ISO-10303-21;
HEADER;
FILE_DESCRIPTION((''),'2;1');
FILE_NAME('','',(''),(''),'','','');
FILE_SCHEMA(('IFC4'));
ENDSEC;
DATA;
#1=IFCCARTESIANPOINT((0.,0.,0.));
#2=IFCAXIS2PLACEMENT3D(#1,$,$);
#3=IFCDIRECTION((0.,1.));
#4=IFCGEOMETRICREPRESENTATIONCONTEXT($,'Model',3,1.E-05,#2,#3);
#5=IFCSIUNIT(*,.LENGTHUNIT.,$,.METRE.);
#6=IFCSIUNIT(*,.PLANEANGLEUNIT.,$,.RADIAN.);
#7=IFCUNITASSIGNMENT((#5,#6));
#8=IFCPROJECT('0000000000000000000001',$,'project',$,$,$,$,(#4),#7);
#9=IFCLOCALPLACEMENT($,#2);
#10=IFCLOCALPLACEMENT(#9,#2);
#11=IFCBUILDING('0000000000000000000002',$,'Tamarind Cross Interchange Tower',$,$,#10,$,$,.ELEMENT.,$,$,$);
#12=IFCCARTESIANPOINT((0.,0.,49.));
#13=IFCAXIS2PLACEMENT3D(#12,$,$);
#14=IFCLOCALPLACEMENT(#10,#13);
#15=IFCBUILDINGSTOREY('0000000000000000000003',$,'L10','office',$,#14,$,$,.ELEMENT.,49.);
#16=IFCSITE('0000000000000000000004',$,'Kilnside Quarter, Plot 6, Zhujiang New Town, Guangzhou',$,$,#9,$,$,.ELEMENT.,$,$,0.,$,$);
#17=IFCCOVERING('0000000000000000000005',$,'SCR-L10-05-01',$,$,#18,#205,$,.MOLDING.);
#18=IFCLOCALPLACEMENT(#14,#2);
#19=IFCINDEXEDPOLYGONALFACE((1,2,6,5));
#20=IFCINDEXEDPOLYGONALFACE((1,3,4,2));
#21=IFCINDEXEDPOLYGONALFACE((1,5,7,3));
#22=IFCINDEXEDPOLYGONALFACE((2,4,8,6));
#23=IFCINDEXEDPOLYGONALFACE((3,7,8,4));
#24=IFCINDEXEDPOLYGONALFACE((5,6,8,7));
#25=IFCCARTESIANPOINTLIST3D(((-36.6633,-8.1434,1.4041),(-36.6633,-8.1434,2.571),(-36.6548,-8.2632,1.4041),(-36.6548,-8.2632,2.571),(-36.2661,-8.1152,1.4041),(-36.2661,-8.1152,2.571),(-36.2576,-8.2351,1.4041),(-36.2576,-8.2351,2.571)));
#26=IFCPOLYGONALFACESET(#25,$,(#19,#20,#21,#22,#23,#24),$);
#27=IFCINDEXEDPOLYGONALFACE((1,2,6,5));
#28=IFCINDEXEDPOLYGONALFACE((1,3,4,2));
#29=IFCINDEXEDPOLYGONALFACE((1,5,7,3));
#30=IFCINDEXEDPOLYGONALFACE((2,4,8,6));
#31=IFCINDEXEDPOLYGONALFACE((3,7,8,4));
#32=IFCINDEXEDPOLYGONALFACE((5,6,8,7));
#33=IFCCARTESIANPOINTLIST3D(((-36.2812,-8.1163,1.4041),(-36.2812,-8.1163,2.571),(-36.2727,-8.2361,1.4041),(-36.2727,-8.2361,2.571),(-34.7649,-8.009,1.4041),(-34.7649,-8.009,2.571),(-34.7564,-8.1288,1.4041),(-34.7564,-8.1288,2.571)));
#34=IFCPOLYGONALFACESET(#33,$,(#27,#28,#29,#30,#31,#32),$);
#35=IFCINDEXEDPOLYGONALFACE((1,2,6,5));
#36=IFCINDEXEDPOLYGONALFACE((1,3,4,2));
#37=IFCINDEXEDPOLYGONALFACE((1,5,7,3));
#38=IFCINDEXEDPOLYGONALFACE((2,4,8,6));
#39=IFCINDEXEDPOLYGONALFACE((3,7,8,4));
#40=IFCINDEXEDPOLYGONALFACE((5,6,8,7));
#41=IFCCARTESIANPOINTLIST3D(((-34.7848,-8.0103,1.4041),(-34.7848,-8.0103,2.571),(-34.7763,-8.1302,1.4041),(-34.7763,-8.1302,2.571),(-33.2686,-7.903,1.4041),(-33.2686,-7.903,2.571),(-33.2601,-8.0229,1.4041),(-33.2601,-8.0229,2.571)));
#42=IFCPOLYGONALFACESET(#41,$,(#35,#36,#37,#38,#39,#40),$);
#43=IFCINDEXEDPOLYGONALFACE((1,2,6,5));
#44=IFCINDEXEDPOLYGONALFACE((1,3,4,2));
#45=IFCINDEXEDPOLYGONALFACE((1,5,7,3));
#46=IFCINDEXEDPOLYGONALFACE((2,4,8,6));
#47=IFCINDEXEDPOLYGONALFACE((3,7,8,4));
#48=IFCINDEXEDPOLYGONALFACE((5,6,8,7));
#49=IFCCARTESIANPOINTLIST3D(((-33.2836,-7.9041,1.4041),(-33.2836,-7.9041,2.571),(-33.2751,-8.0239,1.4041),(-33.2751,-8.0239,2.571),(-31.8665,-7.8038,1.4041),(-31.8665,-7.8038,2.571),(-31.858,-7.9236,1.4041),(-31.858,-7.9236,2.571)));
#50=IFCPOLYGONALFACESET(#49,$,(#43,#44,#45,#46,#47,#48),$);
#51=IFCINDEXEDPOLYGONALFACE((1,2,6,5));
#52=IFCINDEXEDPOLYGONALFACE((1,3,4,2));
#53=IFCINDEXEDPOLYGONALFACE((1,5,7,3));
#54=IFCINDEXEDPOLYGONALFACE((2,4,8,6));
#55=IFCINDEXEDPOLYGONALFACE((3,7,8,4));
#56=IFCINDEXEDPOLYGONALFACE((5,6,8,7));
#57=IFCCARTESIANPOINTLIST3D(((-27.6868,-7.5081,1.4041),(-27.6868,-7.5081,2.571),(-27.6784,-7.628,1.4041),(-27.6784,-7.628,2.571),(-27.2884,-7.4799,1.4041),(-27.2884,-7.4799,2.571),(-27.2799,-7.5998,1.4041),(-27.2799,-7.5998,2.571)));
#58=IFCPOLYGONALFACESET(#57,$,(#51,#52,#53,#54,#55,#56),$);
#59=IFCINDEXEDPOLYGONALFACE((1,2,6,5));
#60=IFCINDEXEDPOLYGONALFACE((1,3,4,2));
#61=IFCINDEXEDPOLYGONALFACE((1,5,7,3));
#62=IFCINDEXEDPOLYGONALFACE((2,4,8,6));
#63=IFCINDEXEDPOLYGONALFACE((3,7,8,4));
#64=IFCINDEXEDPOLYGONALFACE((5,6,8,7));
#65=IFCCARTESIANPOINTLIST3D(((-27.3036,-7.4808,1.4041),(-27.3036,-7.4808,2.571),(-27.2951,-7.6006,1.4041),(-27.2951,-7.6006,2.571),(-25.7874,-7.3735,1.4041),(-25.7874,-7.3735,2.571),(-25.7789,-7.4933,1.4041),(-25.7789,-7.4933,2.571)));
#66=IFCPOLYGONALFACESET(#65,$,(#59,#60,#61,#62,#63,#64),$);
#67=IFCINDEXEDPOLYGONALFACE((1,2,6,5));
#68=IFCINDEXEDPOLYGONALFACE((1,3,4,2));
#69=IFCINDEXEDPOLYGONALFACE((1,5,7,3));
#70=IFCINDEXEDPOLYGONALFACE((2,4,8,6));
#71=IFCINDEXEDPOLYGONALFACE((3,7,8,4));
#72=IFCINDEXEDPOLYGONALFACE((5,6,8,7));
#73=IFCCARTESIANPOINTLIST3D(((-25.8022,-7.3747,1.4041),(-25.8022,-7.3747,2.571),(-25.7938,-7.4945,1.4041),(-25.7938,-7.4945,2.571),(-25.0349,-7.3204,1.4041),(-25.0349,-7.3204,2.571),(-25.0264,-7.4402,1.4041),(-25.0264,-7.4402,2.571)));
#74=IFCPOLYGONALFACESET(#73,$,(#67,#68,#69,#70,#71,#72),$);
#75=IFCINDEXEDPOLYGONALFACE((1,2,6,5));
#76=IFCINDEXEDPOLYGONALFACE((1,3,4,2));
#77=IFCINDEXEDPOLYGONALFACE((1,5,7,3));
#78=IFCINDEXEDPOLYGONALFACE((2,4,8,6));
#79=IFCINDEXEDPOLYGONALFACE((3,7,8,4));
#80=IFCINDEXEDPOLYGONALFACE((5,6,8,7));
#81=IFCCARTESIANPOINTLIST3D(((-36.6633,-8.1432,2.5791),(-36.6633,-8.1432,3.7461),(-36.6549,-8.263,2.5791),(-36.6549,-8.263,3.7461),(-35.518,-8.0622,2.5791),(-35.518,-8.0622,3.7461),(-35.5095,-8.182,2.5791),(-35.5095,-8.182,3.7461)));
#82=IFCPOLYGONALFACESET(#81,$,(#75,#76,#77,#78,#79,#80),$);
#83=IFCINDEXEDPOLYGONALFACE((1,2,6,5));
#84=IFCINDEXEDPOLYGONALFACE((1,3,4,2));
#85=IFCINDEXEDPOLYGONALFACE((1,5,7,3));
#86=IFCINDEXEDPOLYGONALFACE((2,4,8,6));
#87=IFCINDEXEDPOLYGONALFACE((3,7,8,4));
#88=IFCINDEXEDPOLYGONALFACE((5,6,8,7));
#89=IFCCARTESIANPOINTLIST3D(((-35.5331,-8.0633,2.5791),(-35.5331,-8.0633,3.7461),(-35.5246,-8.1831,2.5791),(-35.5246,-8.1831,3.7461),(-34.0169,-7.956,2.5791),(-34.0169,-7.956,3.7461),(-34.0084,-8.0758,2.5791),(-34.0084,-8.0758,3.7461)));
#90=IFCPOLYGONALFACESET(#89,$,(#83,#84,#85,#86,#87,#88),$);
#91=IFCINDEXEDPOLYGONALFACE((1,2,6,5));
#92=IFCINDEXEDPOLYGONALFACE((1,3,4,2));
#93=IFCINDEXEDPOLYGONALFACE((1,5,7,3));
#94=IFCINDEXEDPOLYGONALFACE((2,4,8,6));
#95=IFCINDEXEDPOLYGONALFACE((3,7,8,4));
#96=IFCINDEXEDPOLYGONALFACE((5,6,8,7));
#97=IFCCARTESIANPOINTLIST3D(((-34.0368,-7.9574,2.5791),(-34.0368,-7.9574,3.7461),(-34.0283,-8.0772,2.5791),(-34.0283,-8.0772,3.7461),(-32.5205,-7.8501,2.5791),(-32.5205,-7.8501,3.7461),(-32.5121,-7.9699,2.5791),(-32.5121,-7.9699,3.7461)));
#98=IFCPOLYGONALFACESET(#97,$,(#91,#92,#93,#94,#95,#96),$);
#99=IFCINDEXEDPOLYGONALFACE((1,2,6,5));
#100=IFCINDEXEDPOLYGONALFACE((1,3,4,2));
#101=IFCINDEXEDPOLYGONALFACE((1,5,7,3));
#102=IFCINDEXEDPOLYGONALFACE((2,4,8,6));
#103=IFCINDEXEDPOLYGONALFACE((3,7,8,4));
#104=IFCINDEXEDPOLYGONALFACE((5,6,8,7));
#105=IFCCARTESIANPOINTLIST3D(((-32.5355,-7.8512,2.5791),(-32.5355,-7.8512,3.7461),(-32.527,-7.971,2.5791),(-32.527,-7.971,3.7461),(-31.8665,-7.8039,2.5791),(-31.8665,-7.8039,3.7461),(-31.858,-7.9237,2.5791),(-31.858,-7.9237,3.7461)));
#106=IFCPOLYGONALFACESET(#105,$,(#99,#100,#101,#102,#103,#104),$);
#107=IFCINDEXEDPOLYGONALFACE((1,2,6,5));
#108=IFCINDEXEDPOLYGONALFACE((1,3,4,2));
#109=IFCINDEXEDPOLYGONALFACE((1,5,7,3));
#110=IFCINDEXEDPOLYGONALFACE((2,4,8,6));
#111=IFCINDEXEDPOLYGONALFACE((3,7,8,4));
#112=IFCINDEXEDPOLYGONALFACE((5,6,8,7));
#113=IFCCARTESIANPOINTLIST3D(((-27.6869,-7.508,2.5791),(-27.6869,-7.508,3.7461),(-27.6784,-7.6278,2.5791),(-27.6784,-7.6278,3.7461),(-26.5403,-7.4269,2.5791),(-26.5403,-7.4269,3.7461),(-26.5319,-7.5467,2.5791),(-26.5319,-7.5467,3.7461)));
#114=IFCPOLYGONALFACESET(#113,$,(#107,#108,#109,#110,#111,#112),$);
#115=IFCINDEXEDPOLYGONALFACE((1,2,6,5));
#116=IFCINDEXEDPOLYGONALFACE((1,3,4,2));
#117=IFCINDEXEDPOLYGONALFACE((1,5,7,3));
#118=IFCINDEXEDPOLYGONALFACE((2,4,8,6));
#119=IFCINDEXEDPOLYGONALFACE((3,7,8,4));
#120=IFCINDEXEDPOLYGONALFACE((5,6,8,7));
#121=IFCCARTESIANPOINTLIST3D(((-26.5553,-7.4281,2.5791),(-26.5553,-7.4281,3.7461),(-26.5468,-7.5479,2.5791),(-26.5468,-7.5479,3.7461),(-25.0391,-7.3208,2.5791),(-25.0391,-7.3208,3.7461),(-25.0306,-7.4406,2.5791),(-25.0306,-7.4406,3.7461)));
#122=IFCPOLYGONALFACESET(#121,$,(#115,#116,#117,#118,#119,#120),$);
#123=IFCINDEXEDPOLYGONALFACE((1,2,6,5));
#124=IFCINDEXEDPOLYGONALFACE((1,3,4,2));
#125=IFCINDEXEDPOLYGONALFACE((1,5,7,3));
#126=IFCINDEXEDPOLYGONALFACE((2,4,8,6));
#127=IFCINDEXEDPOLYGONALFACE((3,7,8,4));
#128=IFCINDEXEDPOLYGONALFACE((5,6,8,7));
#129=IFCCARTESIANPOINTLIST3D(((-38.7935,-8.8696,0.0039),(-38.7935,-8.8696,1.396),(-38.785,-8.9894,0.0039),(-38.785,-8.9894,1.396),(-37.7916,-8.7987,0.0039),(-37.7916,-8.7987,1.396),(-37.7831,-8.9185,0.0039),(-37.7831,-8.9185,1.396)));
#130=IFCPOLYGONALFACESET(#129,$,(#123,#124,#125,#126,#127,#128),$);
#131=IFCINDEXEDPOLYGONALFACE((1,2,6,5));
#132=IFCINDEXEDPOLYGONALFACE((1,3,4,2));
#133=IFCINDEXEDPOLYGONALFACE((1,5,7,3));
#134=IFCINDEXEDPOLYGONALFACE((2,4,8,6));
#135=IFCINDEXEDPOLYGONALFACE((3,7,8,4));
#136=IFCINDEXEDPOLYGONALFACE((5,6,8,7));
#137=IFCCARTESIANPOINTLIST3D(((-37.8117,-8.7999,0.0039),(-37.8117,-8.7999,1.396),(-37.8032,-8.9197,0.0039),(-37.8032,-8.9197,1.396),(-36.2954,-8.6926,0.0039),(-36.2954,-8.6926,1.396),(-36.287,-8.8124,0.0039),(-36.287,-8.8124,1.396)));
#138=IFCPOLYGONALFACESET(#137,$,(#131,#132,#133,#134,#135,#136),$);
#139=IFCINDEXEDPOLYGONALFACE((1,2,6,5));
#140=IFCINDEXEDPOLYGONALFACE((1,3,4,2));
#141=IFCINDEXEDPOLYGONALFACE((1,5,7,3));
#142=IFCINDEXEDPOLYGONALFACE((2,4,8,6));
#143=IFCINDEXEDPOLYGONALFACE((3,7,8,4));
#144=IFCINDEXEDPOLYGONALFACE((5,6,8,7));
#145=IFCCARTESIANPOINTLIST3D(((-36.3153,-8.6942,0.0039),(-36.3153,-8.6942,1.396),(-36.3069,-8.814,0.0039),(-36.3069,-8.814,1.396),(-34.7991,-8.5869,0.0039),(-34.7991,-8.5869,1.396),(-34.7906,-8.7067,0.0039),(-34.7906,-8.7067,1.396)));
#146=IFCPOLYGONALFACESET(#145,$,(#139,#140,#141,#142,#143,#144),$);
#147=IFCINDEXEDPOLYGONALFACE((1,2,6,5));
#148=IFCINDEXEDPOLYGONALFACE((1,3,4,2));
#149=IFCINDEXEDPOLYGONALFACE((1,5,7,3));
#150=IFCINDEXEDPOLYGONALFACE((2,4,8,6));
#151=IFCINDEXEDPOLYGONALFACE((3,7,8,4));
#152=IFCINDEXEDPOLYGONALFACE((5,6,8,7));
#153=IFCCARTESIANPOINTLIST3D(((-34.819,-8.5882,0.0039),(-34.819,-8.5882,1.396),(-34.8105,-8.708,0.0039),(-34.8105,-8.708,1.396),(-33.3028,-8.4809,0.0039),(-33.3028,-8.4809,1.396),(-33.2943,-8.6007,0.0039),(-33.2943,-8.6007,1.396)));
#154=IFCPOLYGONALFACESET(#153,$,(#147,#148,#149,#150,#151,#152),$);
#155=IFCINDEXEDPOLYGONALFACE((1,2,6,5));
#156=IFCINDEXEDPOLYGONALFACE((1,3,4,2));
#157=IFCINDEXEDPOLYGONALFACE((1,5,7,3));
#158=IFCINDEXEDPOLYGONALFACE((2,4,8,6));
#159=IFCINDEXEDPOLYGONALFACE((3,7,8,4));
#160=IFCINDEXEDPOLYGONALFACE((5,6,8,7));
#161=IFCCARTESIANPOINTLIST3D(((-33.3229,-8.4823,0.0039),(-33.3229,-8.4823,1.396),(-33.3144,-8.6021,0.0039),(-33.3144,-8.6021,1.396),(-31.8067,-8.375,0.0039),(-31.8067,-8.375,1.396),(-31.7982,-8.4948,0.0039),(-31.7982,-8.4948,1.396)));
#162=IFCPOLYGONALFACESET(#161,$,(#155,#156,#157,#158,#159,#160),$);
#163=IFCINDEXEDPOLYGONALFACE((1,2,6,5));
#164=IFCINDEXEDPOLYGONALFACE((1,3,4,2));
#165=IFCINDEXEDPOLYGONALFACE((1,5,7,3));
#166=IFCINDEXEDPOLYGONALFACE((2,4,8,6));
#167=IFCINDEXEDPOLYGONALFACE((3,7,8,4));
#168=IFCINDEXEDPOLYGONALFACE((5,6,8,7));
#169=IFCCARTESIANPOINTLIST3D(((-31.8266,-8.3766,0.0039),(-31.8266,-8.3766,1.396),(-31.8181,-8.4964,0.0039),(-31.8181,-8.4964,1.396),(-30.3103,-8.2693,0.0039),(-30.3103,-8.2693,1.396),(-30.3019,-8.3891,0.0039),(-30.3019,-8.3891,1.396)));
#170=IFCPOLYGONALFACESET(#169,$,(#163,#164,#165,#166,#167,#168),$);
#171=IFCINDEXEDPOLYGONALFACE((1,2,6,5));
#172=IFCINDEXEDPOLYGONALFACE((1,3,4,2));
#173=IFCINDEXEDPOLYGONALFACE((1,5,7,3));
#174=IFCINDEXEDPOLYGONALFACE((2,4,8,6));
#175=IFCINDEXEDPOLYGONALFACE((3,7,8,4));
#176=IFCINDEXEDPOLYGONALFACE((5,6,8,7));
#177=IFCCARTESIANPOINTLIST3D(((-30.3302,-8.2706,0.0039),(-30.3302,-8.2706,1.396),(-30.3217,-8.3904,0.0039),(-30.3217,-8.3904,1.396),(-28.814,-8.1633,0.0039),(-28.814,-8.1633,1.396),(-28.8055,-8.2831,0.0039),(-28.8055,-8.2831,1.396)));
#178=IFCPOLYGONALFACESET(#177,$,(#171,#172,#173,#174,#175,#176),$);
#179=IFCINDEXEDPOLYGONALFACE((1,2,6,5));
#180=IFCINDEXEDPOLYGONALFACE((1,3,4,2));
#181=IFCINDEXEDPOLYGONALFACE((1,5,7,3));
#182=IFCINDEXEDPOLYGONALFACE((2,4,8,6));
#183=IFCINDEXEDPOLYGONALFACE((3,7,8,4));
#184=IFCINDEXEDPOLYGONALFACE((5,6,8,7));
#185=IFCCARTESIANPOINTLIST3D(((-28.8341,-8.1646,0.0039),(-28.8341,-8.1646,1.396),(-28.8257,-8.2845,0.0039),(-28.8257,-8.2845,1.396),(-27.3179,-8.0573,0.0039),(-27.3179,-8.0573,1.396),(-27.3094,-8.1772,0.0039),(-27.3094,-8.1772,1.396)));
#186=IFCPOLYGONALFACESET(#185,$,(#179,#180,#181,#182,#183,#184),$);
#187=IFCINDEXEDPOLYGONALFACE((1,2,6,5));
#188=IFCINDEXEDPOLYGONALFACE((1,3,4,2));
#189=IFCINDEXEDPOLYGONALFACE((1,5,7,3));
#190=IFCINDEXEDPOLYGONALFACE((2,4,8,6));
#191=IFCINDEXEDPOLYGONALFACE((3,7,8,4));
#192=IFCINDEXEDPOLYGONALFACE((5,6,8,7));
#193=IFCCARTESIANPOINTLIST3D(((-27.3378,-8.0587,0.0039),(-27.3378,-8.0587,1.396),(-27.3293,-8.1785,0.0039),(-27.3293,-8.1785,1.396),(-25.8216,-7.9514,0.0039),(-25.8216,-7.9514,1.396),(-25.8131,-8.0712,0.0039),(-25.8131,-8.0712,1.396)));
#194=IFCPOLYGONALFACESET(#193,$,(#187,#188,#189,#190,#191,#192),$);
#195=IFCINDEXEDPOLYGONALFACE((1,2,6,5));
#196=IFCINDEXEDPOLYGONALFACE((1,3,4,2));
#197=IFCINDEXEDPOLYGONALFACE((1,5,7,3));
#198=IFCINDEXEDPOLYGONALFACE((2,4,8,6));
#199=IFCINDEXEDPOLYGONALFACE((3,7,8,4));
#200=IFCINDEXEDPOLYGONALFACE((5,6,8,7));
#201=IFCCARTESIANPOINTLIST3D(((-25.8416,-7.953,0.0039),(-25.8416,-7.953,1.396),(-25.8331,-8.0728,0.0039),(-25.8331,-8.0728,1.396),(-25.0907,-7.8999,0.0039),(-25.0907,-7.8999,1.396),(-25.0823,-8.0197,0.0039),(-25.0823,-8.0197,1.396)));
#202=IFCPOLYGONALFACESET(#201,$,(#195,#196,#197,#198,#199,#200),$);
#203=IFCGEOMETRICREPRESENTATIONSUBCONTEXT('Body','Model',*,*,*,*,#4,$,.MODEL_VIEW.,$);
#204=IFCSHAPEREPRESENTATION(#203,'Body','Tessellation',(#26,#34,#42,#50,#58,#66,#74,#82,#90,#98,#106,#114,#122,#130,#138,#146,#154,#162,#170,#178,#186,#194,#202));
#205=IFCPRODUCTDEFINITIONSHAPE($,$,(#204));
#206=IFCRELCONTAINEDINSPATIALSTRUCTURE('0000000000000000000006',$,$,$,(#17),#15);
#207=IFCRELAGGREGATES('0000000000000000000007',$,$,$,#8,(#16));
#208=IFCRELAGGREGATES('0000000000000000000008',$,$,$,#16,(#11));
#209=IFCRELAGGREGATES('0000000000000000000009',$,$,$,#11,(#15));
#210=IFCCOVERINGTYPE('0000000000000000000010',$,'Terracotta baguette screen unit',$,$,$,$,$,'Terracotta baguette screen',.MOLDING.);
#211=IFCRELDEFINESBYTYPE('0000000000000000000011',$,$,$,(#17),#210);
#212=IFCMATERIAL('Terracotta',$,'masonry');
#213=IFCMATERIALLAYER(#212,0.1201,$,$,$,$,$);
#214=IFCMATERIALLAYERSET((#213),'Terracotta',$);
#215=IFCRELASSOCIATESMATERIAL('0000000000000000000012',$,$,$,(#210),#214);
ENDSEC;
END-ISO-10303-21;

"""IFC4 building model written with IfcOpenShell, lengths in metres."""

from ifc_helpers import new_model, si_unit, direction, frame, origin, origin_2d, place, context, subcontext, project, spatial, rectangle, extrude, material, layer, layer_set, type_object, element, save


model = new_model("IFC4")

# Units and contexts
model_context = context("Model", 3, precision=1e-05, world=origin(), true_north=direction((0.0, 1.0)))
body_context = subcontext(model_context, "Body", "Model", "MODEL_VIEW")
ifc_project = project(units=[si_unit("LENGTHUNIT", "METRE"), si_unit("PLANEANGLEUNIT", "RADIAN")], contexts=[model_context])

# Site, building, storey
site_placement = place(None, origin())
site = spatial("IfcSite", under=ifc_project, at=site_placement, Name="Kilnside Quarter, Plot 6, Zhujiang New Town, Guangzhou", CompositionType="ELEMENT", RefElevation=0.0)
building_placement = place(site_placement, origin())
building = spatial("IfcBuilding", under=site, at=building_placement, Name="Tamarind Cross Interchange Tower", CompositionType="ELEMENT")
storey_placement = place(building_placement, frame((0.0, 0.0, 49.0)))
storey = spatial("IfcBuildingStorey", under=building, at=storey_placement, Name="L10", Description="office", CompositionType="ELEMENT", Elevation=49.0)

# Covering
ifc_material_1 = material(Name="Terracotta", Category="masonry")
ifc_layer_1 = layer(ifc_material_1, 0.1201)
ifc_layer_set_1 = layer_set([ifc_layer_1], Name="Terracotta")
covering_type = type_object("IfcCoveringType", Name="Terracotta baguette screen unit", ElementType="Terracotta baguette screen", PredefinedType="MOLDING", material=ifc_layer_set_1)
covering_1_placement = place(storey_placement, origin())
element("IfcCovering", 1, at=covering_1_placement, inside=storey, type_object=covering_type, Name="SCR-L10-05-01", PredefinedType="MOLDING", context=body_context, shape_type="SweptSolid", body=[
    extrude(rectangle(XDim=0.3982, YDim=0.1201, at=origin_2d()), frame((-36.4604, -8.1892, 1.4041), z_axis=(0.0, 0.0, 1.0), x_axis=(0.997505, 0.070594, 0.0)), (0.0, 0.0, 1.0), 1.167),
    extrude(rectangle(XDim=1.52, YDim=0.1201, at=origin_2d()), frame((-35.5188, -8.1226, 1.4041), z_axis=(0.0, 0.0, 1.0), x_axis=(0.997505, 0.070594, 0.0)), (0.0, 0.0, 1.0), 1.167),
    extrude(rectangle(XDim=1.52, YDim=0.1201, at=origin_2d()), frame((-34.0225, -8.0166, 1.4041), z_axis=(0.0, 0.0, 1.0), x_axis=(0.997505, 0.070594, 0.0)), (0.0, 0.0, 1.0), 1.167),
    extrude(rectangle(XDim=1.4207, YDim=0.1201, at=origin_2d()), frame((-32.5708, -7.9138, 1.4041), z_axis=(0.0, 0.0, 1.0), x_axis=(0.997505, 0.070594, 0.0)), (0.0, 0.0, 1.0), 1.167),
    extrude(rectangle(XDim=0.3994, YDim=0.1201, at=origin_2d()), frame((-27.4834, -7.554, 1.4041), z_axis=(0.0, 0.0, 1.0), x_axis=(0.997505, 0.070594, 0.0)), (0.0, 0.0, 1.0), 1.167),
    extrude(rectangle(XDim=1.52, YDim=0.1201, at=origin_2d()), frame((-26.5413, -7.4871, 1.4041), z_axis=(0.0, 0.0, 1.0), x_axis=(0.997505, 0.070594, 0.0)), (0.0, 0.0, 1.0), 1.167),
    extrude(rectangle(XDim=0.7693, YDim=0.1201, at=origin_2d()), frame((-25.4143, -7.4075, 1.4041), z_axis=(0.0, 0.0, 1.0), x_axis=(0.997505, 0.070594, 0.0)), (0.0, 0.0, 1.0), 1.167),
    extrude(rectangle(XDim=1.1482, YDim=0.1201, at=origin_2d()), frame((-36.0864, -8.1626, 2.5791), z_axis=(0.0, 0.0, 1.0), x_axis=(0.997505, 0.070594, 0.0)), (0.0, 0.0, 1.0), 1.167),
    extrude(rectangle(XDim=1.52, YDim=0.1201, at=origin_2d()), frame((-34.7708, -8.0696, 2.5791), z_axis=(0.0, 0.0, 1.0), x_axis=(0.997505, 0.070594, 0.0)), (0.0, 0.0, 1.0), 1.167),
    extrude(rectangle(XDim=1.52, YDim=0.1201, at=origin_2d()), frame((-33.2744, -7.9636, 2.5791), z_axis=(0.0, 0.0, 1.0), x_axis=(0.997505, 0.070594, 0.0)), (0.0, 0.0, 1.0), 1.167),
    extrude(rectangle(XDim=0.6707, YDim=0.1201, at=origin_2d()), frame((-32.1968, -7.8875, 2.5791), z_axis=(0.0, 0.0, 1.0), x_axis=(0.997505, 0.070594, 0.0)), (0.0, 0.0, 1.0), 1.167),
    extrude(rectangle(XDim=1.1494, YDim=0.1201, at=origin_2d()), frame((-27.1094, -7.5273, 2.5791), z_axis=(0.0, 0.0, 1.0), x_axis=(0.997505, 0.070594, 0.0)), (0.0, 0.0, 1.0), 1.167),
    extrude(rectangle(XDim=1.52, YDim=0.1201, at=origin_2d()), frame((-25.793, -7.4343, 2.5791), z_axis=(0.0, 0.0, 1.0), x_axis=(0.997505, 0.070594, 0.0)), (0.0, 0.0, 1.0), 1.167),
    extrude(rectangle(XDim=1.0044, YDim=0.1201, at=origin_2d()), frame((-38.2883, -8.894, 0.0039), z_axis=(0.0, 0.0, 1.0), x_axis=(0.997505, 0.070594, 0.0)), (0.0, 0.0, 1.0), 1.3921),
    extrude(rectangle(XDim=1.52, YDim=0.1201, at=origin_2d()), frame((-37.0493, -8.8062, 0.0039), z_axis=(0.0, 0.0, 1.0), x_axis=(0.997505, 0.070594, 0.0)), (0.0, 0.0, 1.0), 1.3921),
    extrude(rectangle(XDim=1.52, YDim=0.1201, at=origin_2d()), frame((-35.553, -8.7004, 0.0039), z_axis=(0.0, 0.0, 1.0), x_axis=(0.997505, 0.070594, 0.0)), (0.0, 0.0, 1.0), 1.3921),
    extrude(rectangle(XDim=1.52, YDim=0.1201, at=origin_2d()), frame((-34.0566, -8.5945, 0.0039), z_axis=(0.0, 0.0, 1.0), x_axis=(0.997505, 0.070594, 0.0)), (0.0, 0.0, 1.0), 1.3921),
    extrude(rectangle(XDim=1.52, YDim=0.1201, at=origin_2d()), frame((-32.5605, -8.4885, 0.0039), z_axis=(0.0, 0.0, 1.0), x_axis=(0.997505, 0.070594, 0.0)), (0.0, 0.0, 1.0), 1.3921),
    extrude(rectangle(XDim=1.52, YDim=0.1201, at=origin_2d()), frame((-31.0642, -8.3828, 0.0039), z_axis=(0.0, 0.0, 1.0), x_axis=(0.997505, 0.070594, 0.0)), (0.0, 0.0, 1.0), 1.3921),
    extrude(rectangle(XDim=1.52, YDim=0.1201, at=origin_2d()), frame((-29.5679, -8.2769, 0.0039), z_axis=(0.0, 0.0, 1.0), x_axis=(0.997505, 0.070594, 0.0)), (0.0, 0.0, 1.0), 1.3921),
    extrude(rectangle(XDim=1.52, YDim=0.1201, at=origin_2d()), frame((-28.0718, -8.1709, 0.0039), z_axis=(0.0, 0.0, 1.0), x_axis=(0.997505, 0.070594, 0.0)), (0.0, 0.0, 1.0), 1.3921),
    extrude(rectangle(XDim=1.52, YDim=0.1201, at=origin_2d()), frame((-26.5754, -8.0649, 0.0039), z_axis=(0.0, 0.0, 1.0), x_axis=(0.997505, 0.070594, 0.0)), (0.0, 0.0, 1.0), 1.3921),
    extrude(rectangle(XDim=0.7527, YDim=0.1201, at=origin_2d()), frame((-25.4619, -7.9863, 0.0039), z_axis=(0.0, 0.0, 1.0), x_axis=(0.997505, 0.070594, 0.0)), (0.0, 0.0, 1.0), 1.3921),
])

save(model, "model.ifc")
